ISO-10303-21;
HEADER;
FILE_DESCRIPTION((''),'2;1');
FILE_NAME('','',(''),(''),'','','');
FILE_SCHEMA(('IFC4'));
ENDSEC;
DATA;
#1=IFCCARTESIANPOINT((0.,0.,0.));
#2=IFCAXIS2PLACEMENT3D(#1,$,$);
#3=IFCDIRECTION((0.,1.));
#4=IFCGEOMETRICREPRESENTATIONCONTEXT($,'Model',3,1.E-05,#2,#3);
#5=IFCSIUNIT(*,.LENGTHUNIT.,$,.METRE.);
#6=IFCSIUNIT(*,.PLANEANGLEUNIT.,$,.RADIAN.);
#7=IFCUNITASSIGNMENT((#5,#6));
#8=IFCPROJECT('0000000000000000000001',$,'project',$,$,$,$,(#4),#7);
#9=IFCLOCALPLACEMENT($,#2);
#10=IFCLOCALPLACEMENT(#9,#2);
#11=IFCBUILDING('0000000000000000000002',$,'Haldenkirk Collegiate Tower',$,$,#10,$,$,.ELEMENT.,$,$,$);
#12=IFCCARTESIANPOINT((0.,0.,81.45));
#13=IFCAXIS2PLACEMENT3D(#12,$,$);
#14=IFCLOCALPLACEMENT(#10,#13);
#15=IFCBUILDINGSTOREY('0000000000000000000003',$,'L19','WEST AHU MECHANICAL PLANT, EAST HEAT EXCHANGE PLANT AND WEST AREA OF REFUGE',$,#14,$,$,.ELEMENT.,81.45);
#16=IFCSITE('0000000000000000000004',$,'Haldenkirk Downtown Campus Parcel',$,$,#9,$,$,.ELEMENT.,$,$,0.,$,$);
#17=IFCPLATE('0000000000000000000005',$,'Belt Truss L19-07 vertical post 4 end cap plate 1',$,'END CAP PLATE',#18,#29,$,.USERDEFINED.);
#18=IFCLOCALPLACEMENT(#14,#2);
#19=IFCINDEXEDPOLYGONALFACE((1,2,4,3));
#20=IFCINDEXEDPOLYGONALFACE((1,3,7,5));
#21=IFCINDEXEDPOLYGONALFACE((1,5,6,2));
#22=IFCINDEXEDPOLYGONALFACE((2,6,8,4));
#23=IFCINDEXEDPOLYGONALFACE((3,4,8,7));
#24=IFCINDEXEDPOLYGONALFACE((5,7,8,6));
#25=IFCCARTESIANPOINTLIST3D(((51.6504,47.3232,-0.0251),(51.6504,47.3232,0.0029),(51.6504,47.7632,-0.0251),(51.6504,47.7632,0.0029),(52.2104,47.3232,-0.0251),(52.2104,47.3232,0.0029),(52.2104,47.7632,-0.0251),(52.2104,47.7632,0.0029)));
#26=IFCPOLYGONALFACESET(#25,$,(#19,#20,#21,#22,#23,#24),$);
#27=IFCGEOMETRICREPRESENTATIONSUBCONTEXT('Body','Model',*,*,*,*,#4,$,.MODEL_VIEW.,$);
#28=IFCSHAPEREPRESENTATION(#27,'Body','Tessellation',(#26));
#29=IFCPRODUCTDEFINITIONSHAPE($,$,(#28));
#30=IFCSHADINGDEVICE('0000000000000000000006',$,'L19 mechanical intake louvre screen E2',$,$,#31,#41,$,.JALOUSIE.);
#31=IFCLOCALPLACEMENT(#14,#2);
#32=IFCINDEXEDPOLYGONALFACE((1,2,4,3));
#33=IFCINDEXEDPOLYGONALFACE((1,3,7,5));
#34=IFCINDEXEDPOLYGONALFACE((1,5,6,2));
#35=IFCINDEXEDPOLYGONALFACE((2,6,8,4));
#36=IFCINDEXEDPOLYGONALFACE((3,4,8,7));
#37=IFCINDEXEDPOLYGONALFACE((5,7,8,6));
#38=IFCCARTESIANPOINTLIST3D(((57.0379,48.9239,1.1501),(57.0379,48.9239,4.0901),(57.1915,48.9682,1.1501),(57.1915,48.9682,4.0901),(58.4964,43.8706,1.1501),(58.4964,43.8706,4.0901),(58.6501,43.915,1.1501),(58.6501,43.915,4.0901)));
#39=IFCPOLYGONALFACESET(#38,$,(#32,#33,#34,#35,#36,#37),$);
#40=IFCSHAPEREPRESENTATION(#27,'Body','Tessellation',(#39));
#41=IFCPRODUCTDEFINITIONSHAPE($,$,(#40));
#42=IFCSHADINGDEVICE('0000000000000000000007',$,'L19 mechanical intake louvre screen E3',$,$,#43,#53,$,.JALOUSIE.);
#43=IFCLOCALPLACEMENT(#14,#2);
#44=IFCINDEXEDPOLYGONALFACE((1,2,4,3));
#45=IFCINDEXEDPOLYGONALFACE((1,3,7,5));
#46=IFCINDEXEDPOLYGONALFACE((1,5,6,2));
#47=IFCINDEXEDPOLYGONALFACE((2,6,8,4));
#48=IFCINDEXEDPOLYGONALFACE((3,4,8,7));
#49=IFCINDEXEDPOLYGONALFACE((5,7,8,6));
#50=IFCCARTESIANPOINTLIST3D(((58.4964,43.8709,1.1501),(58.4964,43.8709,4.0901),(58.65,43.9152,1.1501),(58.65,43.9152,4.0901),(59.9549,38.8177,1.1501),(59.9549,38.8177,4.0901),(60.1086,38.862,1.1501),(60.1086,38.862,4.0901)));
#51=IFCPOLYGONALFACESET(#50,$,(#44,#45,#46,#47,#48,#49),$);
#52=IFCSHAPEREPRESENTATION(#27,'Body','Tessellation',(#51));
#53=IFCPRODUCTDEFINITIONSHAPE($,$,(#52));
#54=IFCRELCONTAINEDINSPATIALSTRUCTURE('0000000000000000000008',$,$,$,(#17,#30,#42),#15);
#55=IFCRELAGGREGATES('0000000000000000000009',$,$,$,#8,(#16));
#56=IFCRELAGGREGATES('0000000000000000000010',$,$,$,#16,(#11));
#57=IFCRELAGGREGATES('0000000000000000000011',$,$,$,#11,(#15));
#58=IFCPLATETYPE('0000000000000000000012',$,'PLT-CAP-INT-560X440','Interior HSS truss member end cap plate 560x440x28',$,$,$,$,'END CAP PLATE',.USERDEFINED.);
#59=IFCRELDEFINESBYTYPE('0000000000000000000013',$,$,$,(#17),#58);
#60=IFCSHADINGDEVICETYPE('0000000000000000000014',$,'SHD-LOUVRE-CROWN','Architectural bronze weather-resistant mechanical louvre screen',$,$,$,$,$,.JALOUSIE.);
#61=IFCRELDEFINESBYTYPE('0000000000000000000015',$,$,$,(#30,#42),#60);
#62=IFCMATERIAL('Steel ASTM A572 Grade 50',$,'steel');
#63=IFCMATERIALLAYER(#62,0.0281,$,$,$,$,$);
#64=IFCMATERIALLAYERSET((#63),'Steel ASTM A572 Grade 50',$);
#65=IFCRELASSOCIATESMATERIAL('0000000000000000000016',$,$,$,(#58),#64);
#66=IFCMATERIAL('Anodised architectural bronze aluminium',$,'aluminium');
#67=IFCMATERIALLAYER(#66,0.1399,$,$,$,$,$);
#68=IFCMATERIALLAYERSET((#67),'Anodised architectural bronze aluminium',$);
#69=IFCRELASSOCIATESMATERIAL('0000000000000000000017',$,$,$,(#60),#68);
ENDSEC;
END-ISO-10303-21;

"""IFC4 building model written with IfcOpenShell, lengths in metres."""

from ifc_helpers import new_model, si_unit, direction, frame, origin, origin_2d, place, context, subcontext, project, spatial, rectangle, extrude, source, transform, mapped, material, layer, layer_set, type_object, element, save


model = new_model("IFC4")

# Units and contexts
model_context = context("Model", 3, precision=1e-05, world=origin(), true_north=direction((0.0, 1.0)))
body_context = subcontext(model_context, "Body", "Model", "MODEL_VIEW")
ifc_project = project(units=[si_unit("LENGTHUNIT", "METRE"), si_unit("PLANEANGLEUNIT", "RADIAN")], contexts=[model_context])

# Site, building, storey
site_placement = place(None, origin())
site = spatial("IfcSite", under=ifc_project, at=site_placement, Name="Haldenkirk Downtown Campus Parcel", CompositionType="ELEMENT", RefElevation=0.0)
building_placement = place(site_placement, origin())
building = spatial("IfcBuilding", under=site, at=building_placement, Name="Haldenkirk Collegiate Tower", CompositionType="ELEMENT")
storey_placement = place(building_placement, frame((0.0, 0.0, 81.45)))
storey = spatial("IfcBuildingStorey", under=building, at=storey_placement, Name="L19", Description="WEST AHU MECHANICAL PLANT, EAST HEAT EXCHANGE PLANT AND WEST AREA OF REFUGE", CompositionType="ELEMENT", Elevation=81.45)

# Shared definitions
ifc_material_1 = material(Name="Steel ASTM A572 Grade 50", Category="steel")

# Plate
ifc_layer_1 = layer(ifc_material_1, 0.0281)
ifc_layer_set_1 = layer_set([ifc_layer_1], Name="Steel ASTM A572 Grade 50")
plate_type = type_object("IfcPlateType", Name="PLT-CAP-INT-560X440", Description="Interior HSS truss member end cap plate 560x440x28", ElementType="END CAP PLATE", PredefinedType="USERDEFINED", material=ifc_layer_set_1)
shared_shape_1 = source(origin(), body_context, "Body", "SweptSolid", [
    extrude(rectangle(XDim=0.5601, YDim=0.4399, at=origin_2d()), origin(), (0.0, 0.0, 1.0), 0.0281),
])
for number, where, z_axis, x_axis, name in (
    (1, (51.9304, 47.5432, 0.0029), (0.0, 0.0, -1.0), (1.0, 0.0, 0.0), "Belt Truss L19-07 vertical post 4 end cap plate 1"),
):
    element("IfcPlate", number, at=place(storey_placement, frame(where, z_axis=z_axis, x_axis=x_axis)), inside=storey, type_object=plate_type, Name=name, ObjectType="END CAP PLATE", PredefinedType="USERDEFINED", context=body_context, shape_type="MappedRepresentation", body=[
        mapped(shared_shape_1, transform((0.0, 0.0, 0.0), x_axis=(1.0, 0.0, 0.0), y_axis=(0.0, 1.0, 0.0), z_axis=(0.0, 0.0, 1.0), scale=1.0)),
    ])

# Shading devices
ifc_material_2 = material(Name="Anodised architectural bronze aluminium", Category="aluminium")
ifc_layer_2 = layer(ifc_material_2, 0.1399)
ifc_layer_set_2 = layer_set([ifc_layer_2], Name="Anodised architectural bronze aluminium")
shading_device_type = type_object("IfcShadingDeviceType", Name="SHD-LOUVRE-CROWN", Description="Architectural bronze weather-resistant mechanical louvre screen", PredefinedType="JALOUSIE", material=ifc_layer_set_2)
shared_shape_2 = source(origin(), body_context, "Body", "SweptSolid", [
    extrude(rectangle(XDim=5.2595, YDim=0.1599, at=origin_2d()), origin(), (0.0, 0.0, 1.0), 2.9399),
])
for number, where, z_axis, x_axis, name in (
    (2, (57.844, 46.4194, 1.1501), (0.0, 0.0, 1.0), (0.277315, -0.960779, 0.0), "L19 mechanical intake louvre screen E2"),
    (3, (59.3025, 41.3665, 1.1501), (0.0, 0.0, 1.0), (0.277315, -0.960779, 0.0), "L19 mechanical intake louvre screen E3"),
):
    element("IfcShadingDevice", number, at=place(storey_placement, frame(where, z_axis=z_axis, x_axis=x_axis)), inside=storey, type_object=shading_device_type, Name=name, PredefinedType="JALOUSIE", context=body_context, shape_type="MappedRepresentation", body=[
        mapped(shared_shape_2, transform((0.0, 0.0, 0.0), x_axis=(1.0, 0.0, 0.0), y_axis=(0.0, 1.0, 0.0), z_axis=(0.0, 0.0, 1.0), scale=1.0)),
    ])

save(model, "model.ifc")
